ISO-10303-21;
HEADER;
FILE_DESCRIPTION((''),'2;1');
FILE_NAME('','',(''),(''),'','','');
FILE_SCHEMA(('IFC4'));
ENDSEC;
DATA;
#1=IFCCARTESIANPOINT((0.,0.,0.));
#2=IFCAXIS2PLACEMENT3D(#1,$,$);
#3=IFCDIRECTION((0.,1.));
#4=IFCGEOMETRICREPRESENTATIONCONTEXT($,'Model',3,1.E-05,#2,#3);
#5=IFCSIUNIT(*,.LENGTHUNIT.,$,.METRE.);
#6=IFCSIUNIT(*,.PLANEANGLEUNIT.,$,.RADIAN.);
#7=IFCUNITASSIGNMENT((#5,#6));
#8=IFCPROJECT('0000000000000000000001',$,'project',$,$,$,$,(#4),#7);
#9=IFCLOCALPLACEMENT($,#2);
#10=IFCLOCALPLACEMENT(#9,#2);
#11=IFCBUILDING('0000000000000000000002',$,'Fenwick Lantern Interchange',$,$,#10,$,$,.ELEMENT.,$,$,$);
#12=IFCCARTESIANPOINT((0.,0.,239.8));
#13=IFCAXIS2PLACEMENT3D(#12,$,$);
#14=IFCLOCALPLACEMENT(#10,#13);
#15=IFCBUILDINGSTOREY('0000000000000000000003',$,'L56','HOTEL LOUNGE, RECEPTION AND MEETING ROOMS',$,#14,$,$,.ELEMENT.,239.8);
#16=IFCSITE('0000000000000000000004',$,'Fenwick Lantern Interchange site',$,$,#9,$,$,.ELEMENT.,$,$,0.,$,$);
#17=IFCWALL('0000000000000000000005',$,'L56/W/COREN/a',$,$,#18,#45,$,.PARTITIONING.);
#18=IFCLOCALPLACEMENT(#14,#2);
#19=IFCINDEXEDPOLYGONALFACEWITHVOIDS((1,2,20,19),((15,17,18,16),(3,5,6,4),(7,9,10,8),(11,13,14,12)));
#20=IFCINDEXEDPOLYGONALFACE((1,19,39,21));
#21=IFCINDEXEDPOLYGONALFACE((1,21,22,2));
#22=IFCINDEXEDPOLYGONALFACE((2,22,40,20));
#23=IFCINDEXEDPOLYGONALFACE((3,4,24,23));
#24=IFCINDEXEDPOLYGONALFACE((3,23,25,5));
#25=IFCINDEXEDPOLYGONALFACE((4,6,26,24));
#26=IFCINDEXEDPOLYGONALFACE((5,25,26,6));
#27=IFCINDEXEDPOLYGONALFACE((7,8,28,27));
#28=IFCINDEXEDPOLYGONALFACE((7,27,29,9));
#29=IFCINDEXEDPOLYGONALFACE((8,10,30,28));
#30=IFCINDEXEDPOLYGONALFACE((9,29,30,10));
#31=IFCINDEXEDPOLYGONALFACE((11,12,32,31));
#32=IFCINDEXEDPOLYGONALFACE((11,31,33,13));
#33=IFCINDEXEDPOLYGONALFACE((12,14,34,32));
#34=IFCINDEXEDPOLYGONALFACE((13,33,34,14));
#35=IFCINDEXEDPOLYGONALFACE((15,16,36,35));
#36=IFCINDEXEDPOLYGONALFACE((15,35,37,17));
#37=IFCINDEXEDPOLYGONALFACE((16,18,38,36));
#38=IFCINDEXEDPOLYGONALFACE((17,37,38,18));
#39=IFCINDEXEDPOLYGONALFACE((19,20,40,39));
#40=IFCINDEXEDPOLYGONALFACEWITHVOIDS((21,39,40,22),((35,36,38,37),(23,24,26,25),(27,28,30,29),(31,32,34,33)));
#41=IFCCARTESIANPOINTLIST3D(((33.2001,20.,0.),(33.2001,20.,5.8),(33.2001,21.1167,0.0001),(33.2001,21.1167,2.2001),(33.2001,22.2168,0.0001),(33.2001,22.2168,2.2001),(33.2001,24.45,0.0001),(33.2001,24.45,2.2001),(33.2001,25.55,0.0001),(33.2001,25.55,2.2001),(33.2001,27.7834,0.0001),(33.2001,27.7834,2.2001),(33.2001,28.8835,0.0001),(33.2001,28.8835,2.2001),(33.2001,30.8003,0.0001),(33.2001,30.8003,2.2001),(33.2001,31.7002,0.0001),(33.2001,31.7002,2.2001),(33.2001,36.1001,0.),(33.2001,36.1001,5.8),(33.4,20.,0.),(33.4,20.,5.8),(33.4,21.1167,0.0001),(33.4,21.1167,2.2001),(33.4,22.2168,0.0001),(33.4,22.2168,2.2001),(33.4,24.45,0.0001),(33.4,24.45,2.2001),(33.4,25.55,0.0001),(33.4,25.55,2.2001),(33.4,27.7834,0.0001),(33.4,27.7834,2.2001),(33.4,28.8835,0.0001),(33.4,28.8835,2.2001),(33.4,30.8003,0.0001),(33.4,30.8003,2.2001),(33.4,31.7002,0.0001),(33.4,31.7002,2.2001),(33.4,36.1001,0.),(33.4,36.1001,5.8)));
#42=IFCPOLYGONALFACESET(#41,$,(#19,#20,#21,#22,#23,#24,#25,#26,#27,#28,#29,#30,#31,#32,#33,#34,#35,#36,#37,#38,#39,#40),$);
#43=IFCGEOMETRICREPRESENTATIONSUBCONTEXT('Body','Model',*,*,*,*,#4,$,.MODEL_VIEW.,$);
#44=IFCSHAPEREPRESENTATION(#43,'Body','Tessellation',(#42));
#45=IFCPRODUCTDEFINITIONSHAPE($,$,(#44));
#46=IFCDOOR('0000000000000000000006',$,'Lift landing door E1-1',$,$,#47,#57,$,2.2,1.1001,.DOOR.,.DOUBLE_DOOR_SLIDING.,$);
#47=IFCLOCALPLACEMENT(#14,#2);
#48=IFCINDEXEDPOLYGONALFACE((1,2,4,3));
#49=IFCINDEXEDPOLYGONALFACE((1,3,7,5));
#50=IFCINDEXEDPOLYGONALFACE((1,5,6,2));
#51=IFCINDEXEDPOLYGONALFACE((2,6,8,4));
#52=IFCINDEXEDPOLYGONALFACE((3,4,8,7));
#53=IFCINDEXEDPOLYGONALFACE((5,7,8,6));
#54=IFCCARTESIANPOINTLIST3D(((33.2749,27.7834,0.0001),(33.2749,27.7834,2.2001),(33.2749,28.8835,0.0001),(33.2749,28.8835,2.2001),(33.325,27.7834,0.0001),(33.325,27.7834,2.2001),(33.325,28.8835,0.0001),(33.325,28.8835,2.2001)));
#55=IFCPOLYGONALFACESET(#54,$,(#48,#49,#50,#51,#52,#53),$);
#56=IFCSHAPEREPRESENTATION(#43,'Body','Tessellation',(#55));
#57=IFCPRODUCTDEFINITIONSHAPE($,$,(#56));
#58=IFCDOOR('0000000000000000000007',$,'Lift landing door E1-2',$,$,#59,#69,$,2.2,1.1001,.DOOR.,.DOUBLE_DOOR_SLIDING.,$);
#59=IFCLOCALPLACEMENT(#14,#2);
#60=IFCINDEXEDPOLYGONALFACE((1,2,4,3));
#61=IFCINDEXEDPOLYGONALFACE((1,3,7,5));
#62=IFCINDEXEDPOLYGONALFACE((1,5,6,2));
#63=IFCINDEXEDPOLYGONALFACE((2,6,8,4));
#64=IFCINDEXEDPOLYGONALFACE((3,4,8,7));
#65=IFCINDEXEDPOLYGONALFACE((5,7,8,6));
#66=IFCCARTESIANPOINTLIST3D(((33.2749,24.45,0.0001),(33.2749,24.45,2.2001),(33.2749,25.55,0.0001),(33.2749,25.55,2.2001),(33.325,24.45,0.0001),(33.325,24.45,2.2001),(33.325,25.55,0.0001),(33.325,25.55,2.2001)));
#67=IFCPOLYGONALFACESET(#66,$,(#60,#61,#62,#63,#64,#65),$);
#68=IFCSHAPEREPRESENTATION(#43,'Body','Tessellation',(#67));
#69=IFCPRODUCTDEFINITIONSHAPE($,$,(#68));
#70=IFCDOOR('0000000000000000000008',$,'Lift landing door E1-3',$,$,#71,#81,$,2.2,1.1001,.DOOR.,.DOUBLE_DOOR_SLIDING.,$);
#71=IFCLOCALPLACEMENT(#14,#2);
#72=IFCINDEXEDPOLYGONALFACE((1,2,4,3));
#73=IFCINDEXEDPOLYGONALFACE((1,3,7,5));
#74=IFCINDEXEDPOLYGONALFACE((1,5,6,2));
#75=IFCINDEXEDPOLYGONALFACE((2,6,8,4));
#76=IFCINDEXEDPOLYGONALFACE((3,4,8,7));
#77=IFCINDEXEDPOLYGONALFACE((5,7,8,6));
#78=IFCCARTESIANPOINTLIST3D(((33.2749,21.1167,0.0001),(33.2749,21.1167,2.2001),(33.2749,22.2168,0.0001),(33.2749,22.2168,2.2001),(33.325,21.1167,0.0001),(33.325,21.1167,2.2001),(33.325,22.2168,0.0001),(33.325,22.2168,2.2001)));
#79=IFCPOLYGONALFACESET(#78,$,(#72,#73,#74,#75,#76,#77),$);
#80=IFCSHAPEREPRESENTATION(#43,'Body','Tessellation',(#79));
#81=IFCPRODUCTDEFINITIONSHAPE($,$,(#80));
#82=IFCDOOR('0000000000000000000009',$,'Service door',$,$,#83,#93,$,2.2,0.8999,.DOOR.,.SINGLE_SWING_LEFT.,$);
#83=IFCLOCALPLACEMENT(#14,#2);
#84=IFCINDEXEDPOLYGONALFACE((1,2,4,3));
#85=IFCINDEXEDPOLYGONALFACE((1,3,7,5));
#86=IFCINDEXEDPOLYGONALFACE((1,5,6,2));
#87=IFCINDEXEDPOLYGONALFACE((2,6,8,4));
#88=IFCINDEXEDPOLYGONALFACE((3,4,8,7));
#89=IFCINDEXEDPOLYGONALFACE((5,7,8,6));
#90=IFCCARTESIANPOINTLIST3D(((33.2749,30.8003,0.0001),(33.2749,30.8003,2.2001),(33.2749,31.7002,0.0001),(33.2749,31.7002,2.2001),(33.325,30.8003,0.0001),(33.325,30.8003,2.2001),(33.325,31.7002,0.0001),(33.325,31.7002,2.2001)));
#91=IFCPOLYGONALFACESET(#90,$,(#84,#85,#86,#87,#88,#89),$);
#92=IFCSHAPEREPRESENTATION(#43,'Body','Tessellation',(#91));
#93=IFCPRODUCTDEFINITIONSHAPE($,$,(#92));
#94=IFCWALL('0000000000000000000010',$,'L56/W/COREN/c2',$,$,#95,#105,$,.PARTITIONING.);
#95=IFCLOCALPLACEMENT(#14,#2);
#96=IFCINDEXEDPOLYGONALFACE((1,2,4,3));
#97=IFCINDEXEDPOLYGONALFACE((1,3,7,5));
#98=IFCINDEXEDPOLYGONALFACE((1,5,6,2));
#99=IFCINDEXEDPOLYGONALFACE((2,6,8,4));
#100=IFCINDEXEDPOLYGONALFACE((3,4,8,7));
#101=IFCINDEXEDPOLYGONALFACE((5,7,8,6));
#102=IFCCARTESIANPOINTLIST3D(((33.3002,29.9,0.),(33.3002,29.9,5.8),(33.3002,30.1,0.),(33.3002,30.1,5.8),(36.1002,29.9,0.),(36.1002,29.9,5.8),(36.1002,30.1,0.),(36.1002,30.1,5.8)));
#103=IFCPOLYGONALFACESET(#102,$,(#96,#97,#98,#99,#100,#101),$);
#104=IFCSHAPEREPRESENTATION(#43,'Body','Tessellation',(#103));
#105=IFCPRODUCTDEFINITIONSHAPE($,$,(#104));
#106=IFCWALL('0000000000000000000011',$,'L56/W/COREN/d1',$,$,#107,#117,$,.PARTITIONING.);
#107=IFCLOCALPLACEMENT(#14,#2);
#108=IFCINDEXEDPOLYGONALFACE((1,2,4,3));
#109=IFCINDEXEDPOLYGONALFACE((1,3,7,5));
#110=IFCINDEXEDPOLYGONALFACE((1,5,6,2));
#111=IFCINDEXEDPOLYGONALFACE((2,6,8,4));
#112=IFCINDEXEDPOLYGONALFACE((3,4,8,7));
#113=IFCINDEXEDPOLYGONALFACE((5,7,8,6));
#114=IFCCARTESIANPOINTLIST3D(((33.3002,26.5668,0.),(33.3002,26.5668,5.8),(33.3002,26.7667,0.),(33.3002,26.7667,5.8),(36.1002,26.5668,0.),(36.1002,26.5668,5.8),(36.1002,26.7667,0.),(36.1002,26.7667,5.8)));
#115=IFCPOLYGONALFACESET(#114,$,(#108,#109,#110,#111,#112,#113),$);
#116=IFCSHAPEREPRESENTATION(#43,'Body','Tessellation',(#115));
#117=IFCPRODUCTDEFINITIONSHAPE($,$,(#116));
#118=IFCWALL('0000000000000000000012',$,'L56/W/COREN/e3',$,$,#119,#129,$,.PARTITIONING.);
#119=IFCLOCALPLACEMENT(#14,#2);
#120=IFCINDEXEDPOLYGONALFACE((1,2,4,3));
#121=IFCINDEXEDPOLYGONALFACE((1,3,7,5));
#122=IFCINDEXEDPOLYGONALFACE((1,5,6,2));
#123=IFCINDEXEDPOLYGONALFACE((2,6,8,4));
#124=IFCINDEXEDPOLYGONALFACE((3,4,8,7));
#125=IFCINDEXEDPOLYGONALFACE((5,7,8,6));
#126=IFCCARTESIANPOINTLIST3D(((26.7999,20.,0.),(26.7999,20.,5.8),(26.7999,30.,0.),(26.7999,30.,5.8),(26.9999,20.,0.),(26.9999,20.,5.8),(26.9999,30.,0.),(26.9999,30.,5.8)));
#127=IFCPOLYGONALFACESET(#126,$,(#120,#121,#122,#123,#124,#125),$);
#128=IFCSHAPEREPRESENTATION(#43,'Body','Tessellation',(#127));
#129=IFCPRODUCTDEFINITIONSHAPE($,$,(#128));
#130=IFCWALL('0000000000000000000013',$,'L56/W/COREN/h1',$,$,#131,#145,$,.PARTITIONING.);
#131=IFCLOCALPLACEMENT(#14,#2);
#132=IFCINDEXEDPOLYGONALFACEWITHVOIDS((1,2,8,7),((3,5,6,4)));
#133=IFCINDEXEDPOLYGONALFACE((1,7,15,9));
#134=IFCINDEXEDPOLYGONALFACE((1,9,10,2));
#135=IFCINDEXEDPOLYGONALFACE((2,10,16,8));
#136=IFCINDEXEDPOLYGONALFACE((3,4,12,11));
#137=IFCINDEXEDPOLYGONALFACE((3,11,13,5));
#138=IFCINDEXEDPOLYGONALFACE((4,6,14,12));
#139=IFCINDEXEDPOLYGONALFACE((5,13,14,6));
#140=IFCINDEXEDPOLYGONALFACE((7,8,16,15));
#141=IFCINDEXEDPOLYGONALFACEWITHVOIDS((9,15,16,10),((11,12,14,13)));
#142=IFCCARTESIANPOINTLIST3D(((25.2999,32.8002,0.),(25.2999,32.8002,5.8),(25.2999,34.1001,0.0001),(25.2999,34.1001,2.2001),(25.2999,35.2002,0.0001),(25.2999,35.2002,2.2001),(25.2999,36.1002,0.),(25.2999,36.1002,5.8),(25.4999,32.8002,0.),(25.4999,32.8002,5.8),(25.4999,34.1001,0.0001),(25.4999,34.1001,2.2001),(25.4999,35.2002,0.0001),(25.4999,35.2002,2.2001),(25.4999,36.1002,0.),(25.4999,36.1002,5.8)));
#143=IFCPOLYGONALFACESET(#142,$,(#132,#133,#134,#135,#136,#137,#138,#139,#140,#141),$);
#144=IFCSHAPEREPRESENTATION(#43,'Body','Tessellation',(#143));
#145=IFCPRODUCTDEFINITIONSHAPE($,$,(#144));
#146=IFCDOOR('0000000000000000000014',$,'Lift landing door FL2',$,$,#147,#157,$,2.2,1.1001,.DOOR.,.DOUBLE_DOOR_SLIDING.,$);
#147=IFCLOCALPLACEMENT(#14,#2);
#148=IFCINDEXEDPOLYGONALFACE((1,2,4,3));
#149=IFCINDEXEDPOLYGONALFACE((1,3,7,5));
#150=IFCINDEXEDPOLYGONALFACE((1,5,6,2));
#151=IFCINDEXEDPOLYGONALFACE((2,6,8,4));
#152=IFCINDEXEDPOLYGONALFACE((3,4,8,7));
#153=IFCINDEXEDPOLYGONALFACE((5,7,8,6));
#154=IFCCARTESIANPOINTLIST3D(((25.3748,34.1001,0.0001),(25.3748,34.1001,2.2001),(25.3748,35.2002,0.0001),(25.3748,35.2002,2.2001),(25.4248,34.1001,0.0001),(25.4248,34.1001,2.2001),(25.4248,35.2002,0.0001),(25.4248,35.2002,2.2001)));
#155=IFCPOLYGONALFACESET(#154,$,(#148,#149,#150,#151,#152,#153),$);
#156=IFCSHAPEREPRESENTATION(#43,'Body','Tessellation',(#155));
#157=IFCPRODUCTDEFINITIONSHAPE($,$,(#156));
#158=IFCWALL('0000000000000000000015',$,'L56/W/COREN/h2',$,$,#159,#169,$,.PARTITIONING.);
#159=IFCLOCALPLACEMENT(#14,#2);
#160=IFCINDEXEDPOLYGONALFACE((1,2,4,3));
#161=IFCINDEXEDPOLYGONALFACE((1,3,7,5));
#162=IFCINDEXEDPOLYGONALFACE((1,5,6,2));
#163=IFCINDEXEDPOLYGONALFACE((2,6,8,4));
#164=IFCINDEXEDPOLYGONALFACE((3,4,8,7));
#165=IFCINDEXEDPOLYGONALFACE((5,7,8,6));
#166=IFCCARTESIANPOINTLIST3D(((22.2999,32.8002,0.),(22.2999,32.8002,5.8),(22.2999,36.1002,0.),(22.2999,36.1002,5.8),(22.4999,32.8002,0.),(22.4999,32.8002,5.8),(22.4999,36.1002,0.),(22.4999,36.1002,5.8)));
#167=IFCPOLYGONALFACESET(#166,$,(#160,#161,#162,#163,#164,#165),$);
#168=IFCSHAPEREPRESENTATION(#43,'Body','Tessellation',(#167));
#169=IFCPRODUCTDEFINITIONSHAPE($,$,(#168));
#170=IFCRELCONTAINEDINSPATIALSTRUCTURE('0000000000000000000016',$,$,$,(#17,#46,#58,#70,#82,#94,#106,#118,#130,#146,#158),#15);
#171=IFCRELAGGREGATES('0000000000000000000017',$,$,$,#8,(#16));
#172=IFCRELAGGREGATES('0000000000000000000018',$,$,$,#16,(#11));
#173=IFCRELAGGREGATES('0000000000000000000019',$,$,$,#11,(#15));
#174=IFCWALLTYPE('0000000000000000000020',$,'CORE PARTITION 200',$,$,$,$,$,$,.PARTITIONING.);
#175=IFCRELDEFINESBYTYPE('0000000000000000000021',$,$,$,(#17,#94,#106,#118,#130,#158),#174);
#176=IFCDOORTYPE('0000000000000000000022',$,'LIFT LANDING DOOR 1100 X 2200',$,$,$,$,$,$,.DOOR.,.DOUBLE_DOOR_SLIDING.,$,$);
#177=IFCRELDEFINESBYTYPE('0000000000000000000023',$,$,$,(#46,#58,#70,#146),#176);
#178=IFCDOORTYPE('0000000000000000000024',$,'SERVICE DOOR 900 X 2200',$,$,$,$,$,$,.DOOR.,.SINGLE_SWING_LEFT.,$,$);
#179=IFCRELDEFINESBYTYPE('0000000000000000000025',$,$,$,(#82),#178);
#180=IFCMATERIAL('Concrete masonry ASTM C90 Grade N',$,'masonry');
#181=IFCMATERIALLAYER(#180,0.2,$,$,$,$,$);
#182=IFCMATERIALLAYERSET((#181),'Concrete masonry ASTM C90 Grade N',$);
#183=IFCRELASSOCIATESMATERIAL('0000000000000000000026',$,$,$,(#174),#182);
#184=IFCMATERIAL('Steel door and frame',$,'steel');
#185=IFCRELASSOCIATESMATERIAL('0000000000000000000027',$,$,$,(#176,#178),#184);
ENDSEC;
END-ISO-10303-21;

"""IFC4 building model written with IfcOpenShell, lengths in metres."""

from ifc_helpers import new_model, si_unit, direction, frame, frame_2d, origin, place, context, subcontext, project, spatial, rectangle, extrude, material, layer, layer_set, type_object, element, fill, save


model = new_model("IFC4")

# Units and contexts
model_context = context("Model", 3, precision=1e-05, world=origin(), true_north=direction((0.0, 1.0)))
body_context = subcontext(model_context, "Body", "Model", "MODEL_VIEW")
ifc_project = project(units=[si_unit("LENGTHUNIT", "METRE"), si_unit("PLANEANGLEUNIT", "RADIAN")], contexts=[model_context])

# Site, building, storey
site_placement = place(None, origin())
site = spatial("IfcSite", under=ifc_project, at=site_placement, Name="Fenwick Lantern Interchange site", CompositionType="ELEMENT", RefElevation=0.0)
building_placement = place(site_placement, origin())
building = spatial("IfcBuilding", under=site, at=building_placement, Name="Fenwick Lantern Interchange", CompositionType="ELEMENT")
storey_placement = place(building_placement, frame((0.0, 0.0, 239.8)))
storey = spatial("IfcBuildingStorey", under=building, at=storey_placement, Name="L56", Description="HOTEL LOUNGE, RECEPTION AND MEETING ROOMS", CompositionType="ELEMENT", Elevation=239.8)

# Wall, openings, doors
ifc_material_1 = material(Name="Concrete masonry ASTM C90 Grade N", Category="masonry")
ifc_layer_1 = layer(ifc_material_1, 0.2)
ifc_layer_set_1 = layer_set([ifc_layer_1], Name="Concrete masonry ASTM C90 Grade N")
wall_type_1 = type_object("IfcWallType", Name="CORE PARTITION 200", PredefinedType="PARTITIONING", material=ifc_layer_set_1)
wall_1_placement = place(storey_placement, frame((33.3, 36.1001, 0.0), z_axis=(0.0, 0.0, 1.0), x_axis=(0.0, -1.0, 0.0)))
wall_1 = element("IfcWall", 1, at=wall_1_placement, inside=storey, type_object=wall_type_1, Name="L56/W/COREN/a", PredefinedType="PARTITIONING", context=body_context, shape_type="SweptSolid", body=[
    extrude(rectangle(XDim=16.1001, YDim=0.2, at=frame_2d((8.05, 0.0))), origin(), (0.0, 0.0, 1.0), 5.8),
])
opening_1_placement = place(wall_1_placement, frame((4.3999, 0.0, 0.0)))
opening_1 = element("IfcOpeningElement", 2, at=opening_1_placement, cuts=wall_1, PredefinedType="OPENING", context=body_context, shape_type="SweptSolid", body=[
    extrude(rectangle(XDim=0.8999, YDim=2.2, at=frame_2d((0.45, 1.1001))), frame((0.0, 0.1099, 0.0), z_axis=(0.0, -1.0, 0.0), x_axis=(1.0, 0.0, 0.0)), (0.0, 0.0, 1.0), 0.22),
])
opening_2_placement = place(wall_1_placement, frame((7.2166, 0.0, 0.0)))
opening_2 = element("IfcOpeningElement", 3, at=opening_2_placement, cuts=wall_1, PredefinedType="OPENING", context=body_context, shape_type="SweptSolid", body=[
    extrude(rectangle(XDim=1.1001, YDim=2.2, at=frame_2d((0.55, 1.1001))), frame((0.0, 0.1099, 0.0), z_axis=(0.0, -1.0, 0.0), x_axis=(1.0, 0.0, 0.0)), (0.0, 0.0, 1.0), 0.22),
])
opening_3_placement = place(wall_1_placement, frame((10.55, 0.0, 0.0)))
opening_3 = element("IfcOpeningElement", 4, at=opening_3_placement, cuts=wall_1, PredefinedType="OPENING", context=body_context, shape_type="SweptSolid", body=[
    extrude(rectangle(XDim=1.1001, YDim=2.2, at=frame_2d((0.55, 1.1001))), frame((0.0, 0.1099, 0.0), z_axis=(0.0, -1.0, 0.0), x_axis=(1.0, 0.0, 0.0)), (0.0, 0.0, 1.0), 0.22),
])
opening_4_placement = place(wall_1_placement, frame((13.8833, 0.0, 0.0)))
opening_4 = element("IfcOpeningElement", 5, at=opening_4_placement, cuts=wall_1, PredefinedType="OPENING", context=body_context, shape_type="SweptSolid", body=[
    extrude(rectangle(XDim=1.1001, YDim=2.2, at=frame_2d((0.55, 1.1001))), frame((0.0, 0.1099, 0.0), z_axis=(0.0, -1.0, 0.0), x_axis=(1.0, 0.0, 0.0)), (0.0, 0.0, 1.0), 0.22),
])
ifc_material_2 = material(Name="Steel door and frame", Category="steel")
door_type_1 = type_object("IfcDoorType", Name="LIFT LANDING DOOR 1100 X 2200", OperationType="DOUBLE_DOOR_SLIDING", PredefinedType="DOOR", material=ifc_material_2)
door_1_placement = place(opening_2_placement, origin())
door_1 = element("IfcDoor", 6, at=door_1_placement, inside=storey, type_object=door_type_1, Name="Lift landing door E1-1", OperationType="DOUBLE_DOOR_SLIDING", OverallHeight=2.2, OverallWidth=1.1001, PredefinedType="DOOR", context=body_context, shape_type="SweptSolid", body=[
    extrude(rectangle(XDim=1.1001, YDim=2.2, at=frame_2d((0.55, 1.1001))), frame((0.0, 0.0249, 0.0), z_axis=(0.0, -1.0, 0.0), x_axis=(1.0, 0.0, 0.0)), (0.0, 0.0, 1.0), 0.05),
])
fill(opening_2, door_1)
door_2_placement = place(opening_3_placement, origin())
door_2 = element("IfcDoor", 7, at=door_2_placement, inside=storey, type_object=door_type_1, Name="Lift landing door E1-2", OperationType="DOUBLE_DOOR_SLIDING", OverallHeight=2.2, OverallWidth=1.1001, PredefinedType="DOOR", context=body_context, shape_type="SweptSolid", body=[
    extrude(rectangle(XDim=1.1001, YDim=2.2, at=frame_2d((0.55, 1.1001))), frame((0.0, 0.0249, 0.0), z_axis=(0.0, -1.0, 0.0), x_axis=(1.0, 0.0, 0.0)), (0.0, 0.0, 1.0), 0.05),
])
fill(opening_3, door_2)
door_3_placement = place(opening_4_placement, origin())
door_3 = element("IfcDoor", 8, at=door_3_placement, inside=storey, type_object=door_type_1, Name="Lift landing door E1-3", OperationType="DOUBLE_DOOR_SLIDING", OverallHeight=2.2, OverallWidth=1.1001, PredefinedType="DOOR", context=body_context, shape_type="SweptSolid", body=[
    extrude(rectangle(XDim=1.1001, YDim=2.2, at=frame_2d((0.55, 1.1001))), frame((0.0, 0.0249, 0.0), z_axis=(0.0, -1.0, 0.0), x_axis=(1.0, 0.0, 0.0)), (0.0, 0.0, 1.0), 0.05),
])
fill(opening_4, door_3)
door_type_2 = type_object("IfcDoorType", Name="SERVICE DOOR 900 X 2200", OperationType="SINGLE_SWING_LEFT", PredefinedType="DOOR", material=ifc_material_2)
door_4_placement = place(opening_1_placement, origin())
door_4 = element("IfcDoor", 9, at=door_4_placement, inside=storey, type_object=door_type_2, Name="Service door", OperationType="SINGLE_SWING_LEFT", OverallHeight=2.2, OverallWidth=0.8999, PredefinedType="DOOR", context=body_context, shape_type="SweptSolid", body=[
    extrude(rectangle(XDim=0.8999, YDim=2.2, at=frame_2d((0.45, 1.1001))), frame((0.0, 0.0249, 0.0), z_axis=(0.0, -1.0, 0.0), x_axis=(1.0, 0.0, 0.0)), (0.0, 0.0, 1.0), 0.05),
])
fill(opening_1, door_4)

# Walls
for number, where, z_axis, x_axis, name in (
    (10, (36.1001, 30.0, 0.0), (0.0, 0.0, 1.0), (-1.0, 0.0, 0.0), "L56/W/COREN/c2"),
    (11, (36.1001, 26.6667, 0.0), (0.0, 0.0, 1.0), (-1.0, 0.0, 0.0), "L56/W/COREN/d1"),
):
    element("IfcWall", number, at=place(storey_placement, frame(where, z_axis=z_axis, x_axis=x_axis)), inside=storey, type_object=wall_type_1, Name=name, PredefinedType="PARTITIONING", context=body_context, shape_type="SweptSolid", body=[
        extrude(rectangle(XDim=2.8, YDim=0.2, at=frame_2d((1.3999, 0.0))), origin(), (0.0, 0.0, 1.0), 5.8),
    ])
wall_2_placement = place(storey_placement, frame((26.8999, 30.0, 0.0), z_axis=(0.0, 0.0, 1.0), x_axis=(0.0, -1.0, 0.0)))
element("IfcWall", 12, at=wall_2_placement, inside=storey, type_object=wall_type_1, Name="L56/W/COREN/e3", PredefinedType="PARTITIONING", context=body_context, shape_type="SweptSolid", body=[
    extrude(rectangle(XDim=10.0, YDim=0.2, at=frame_2d((5.0, 0.0))), origin(), (0.0, 0.0, 1.0), 5.8),
])

# Wall, opening, door
wall_3_placement = place(storey_placement, frame((25.3999, 36.1001, 0.0), z_axis=(0.0, 0.0, 1.0), x_axis=(0.0, -1.0, 0.0)))
wall_3 = element("IfcWall", 13, at=wall_3_placement, inside=storey, type_object=wall_type_1, Name="L56/W/COREN/h1", PredefinedType="PARTITIONING", context=body_context, shape_type="SweptSolid", body=[
    extrude(rectangle(XDim=3.3, YDim=0.2, at=frame_2d((1.6499, 0.0))), origin(), (0.0, 0.0, 1.0), 5.8),
])
opening_5_placement = place(wall_3_placement, frame((0.8999, 0.0, 0.0)))
opening_5 = element("IfcOpeningElement", 14, at=opening_5_placement, cuts=wall_3, PredefinedType="OPENING", context=body_context, shape_type="SweptSolid", body=[
    extrude(rectangle(XDim=1.1001, YDim=2.2, at=frame_2d((0.55, 1.1001))), frame((0.0, 0.1099, 0.0), z_axis=(0.0, -1.0, 0.0), x_axis=(1.0, 0.0, 0.0)), (0.0, 0.0, 1.0), 0.22),
])
door_5_placement = place(opening_5_placement, origin())
door_5 = element("IfcDoor", 15, at=door_5_placement, inside=storey, type_object=door_type_1, Name="Lift landing door FL2", OperationType="DOUBLE_DOOR_SLIDING", OverallHeight=2.2, OverallWidth=1.1001, PredefinedType="DOOR", context=body_context, shape_type="SweptSolid", body=[
    extrude(rectangle(XDim=1.1001, YDim=2.2, at=frame_2d((0.55, 1.1001))), frame((0.0, 0.0249, 0.0), z_axis=(0.0, -1.0, 0.0), x_axis=(1.0, 0.0, 0.0)), (0.0, 0.0, 1.0), 0.05),
])
fill(opening_5, door_5)

# Wall
wall_4_placement = place(storey_placement, frame((22.3999, 36.1001, 0.0), z_axis=(0.0, 0.0, 1.0), x_axis=(0.0, -1.0, 0.0)))
element("IfcWall", 16, at=wall_4_placement, inside=storey, type_object=wall_type_1, Name="L56/W/COREN/h2", PredefinedType="PARTITIONING", context=body_context, shape_type="SweptSolid", body=[
    extrude(rectangle(XDim=3.3, YDim=0.2, at=frame_2d((1.6499, 0.0))), origin(), (0.0, 0.0, 1.0), 5.8),
])

save(model, "model.ifc")
